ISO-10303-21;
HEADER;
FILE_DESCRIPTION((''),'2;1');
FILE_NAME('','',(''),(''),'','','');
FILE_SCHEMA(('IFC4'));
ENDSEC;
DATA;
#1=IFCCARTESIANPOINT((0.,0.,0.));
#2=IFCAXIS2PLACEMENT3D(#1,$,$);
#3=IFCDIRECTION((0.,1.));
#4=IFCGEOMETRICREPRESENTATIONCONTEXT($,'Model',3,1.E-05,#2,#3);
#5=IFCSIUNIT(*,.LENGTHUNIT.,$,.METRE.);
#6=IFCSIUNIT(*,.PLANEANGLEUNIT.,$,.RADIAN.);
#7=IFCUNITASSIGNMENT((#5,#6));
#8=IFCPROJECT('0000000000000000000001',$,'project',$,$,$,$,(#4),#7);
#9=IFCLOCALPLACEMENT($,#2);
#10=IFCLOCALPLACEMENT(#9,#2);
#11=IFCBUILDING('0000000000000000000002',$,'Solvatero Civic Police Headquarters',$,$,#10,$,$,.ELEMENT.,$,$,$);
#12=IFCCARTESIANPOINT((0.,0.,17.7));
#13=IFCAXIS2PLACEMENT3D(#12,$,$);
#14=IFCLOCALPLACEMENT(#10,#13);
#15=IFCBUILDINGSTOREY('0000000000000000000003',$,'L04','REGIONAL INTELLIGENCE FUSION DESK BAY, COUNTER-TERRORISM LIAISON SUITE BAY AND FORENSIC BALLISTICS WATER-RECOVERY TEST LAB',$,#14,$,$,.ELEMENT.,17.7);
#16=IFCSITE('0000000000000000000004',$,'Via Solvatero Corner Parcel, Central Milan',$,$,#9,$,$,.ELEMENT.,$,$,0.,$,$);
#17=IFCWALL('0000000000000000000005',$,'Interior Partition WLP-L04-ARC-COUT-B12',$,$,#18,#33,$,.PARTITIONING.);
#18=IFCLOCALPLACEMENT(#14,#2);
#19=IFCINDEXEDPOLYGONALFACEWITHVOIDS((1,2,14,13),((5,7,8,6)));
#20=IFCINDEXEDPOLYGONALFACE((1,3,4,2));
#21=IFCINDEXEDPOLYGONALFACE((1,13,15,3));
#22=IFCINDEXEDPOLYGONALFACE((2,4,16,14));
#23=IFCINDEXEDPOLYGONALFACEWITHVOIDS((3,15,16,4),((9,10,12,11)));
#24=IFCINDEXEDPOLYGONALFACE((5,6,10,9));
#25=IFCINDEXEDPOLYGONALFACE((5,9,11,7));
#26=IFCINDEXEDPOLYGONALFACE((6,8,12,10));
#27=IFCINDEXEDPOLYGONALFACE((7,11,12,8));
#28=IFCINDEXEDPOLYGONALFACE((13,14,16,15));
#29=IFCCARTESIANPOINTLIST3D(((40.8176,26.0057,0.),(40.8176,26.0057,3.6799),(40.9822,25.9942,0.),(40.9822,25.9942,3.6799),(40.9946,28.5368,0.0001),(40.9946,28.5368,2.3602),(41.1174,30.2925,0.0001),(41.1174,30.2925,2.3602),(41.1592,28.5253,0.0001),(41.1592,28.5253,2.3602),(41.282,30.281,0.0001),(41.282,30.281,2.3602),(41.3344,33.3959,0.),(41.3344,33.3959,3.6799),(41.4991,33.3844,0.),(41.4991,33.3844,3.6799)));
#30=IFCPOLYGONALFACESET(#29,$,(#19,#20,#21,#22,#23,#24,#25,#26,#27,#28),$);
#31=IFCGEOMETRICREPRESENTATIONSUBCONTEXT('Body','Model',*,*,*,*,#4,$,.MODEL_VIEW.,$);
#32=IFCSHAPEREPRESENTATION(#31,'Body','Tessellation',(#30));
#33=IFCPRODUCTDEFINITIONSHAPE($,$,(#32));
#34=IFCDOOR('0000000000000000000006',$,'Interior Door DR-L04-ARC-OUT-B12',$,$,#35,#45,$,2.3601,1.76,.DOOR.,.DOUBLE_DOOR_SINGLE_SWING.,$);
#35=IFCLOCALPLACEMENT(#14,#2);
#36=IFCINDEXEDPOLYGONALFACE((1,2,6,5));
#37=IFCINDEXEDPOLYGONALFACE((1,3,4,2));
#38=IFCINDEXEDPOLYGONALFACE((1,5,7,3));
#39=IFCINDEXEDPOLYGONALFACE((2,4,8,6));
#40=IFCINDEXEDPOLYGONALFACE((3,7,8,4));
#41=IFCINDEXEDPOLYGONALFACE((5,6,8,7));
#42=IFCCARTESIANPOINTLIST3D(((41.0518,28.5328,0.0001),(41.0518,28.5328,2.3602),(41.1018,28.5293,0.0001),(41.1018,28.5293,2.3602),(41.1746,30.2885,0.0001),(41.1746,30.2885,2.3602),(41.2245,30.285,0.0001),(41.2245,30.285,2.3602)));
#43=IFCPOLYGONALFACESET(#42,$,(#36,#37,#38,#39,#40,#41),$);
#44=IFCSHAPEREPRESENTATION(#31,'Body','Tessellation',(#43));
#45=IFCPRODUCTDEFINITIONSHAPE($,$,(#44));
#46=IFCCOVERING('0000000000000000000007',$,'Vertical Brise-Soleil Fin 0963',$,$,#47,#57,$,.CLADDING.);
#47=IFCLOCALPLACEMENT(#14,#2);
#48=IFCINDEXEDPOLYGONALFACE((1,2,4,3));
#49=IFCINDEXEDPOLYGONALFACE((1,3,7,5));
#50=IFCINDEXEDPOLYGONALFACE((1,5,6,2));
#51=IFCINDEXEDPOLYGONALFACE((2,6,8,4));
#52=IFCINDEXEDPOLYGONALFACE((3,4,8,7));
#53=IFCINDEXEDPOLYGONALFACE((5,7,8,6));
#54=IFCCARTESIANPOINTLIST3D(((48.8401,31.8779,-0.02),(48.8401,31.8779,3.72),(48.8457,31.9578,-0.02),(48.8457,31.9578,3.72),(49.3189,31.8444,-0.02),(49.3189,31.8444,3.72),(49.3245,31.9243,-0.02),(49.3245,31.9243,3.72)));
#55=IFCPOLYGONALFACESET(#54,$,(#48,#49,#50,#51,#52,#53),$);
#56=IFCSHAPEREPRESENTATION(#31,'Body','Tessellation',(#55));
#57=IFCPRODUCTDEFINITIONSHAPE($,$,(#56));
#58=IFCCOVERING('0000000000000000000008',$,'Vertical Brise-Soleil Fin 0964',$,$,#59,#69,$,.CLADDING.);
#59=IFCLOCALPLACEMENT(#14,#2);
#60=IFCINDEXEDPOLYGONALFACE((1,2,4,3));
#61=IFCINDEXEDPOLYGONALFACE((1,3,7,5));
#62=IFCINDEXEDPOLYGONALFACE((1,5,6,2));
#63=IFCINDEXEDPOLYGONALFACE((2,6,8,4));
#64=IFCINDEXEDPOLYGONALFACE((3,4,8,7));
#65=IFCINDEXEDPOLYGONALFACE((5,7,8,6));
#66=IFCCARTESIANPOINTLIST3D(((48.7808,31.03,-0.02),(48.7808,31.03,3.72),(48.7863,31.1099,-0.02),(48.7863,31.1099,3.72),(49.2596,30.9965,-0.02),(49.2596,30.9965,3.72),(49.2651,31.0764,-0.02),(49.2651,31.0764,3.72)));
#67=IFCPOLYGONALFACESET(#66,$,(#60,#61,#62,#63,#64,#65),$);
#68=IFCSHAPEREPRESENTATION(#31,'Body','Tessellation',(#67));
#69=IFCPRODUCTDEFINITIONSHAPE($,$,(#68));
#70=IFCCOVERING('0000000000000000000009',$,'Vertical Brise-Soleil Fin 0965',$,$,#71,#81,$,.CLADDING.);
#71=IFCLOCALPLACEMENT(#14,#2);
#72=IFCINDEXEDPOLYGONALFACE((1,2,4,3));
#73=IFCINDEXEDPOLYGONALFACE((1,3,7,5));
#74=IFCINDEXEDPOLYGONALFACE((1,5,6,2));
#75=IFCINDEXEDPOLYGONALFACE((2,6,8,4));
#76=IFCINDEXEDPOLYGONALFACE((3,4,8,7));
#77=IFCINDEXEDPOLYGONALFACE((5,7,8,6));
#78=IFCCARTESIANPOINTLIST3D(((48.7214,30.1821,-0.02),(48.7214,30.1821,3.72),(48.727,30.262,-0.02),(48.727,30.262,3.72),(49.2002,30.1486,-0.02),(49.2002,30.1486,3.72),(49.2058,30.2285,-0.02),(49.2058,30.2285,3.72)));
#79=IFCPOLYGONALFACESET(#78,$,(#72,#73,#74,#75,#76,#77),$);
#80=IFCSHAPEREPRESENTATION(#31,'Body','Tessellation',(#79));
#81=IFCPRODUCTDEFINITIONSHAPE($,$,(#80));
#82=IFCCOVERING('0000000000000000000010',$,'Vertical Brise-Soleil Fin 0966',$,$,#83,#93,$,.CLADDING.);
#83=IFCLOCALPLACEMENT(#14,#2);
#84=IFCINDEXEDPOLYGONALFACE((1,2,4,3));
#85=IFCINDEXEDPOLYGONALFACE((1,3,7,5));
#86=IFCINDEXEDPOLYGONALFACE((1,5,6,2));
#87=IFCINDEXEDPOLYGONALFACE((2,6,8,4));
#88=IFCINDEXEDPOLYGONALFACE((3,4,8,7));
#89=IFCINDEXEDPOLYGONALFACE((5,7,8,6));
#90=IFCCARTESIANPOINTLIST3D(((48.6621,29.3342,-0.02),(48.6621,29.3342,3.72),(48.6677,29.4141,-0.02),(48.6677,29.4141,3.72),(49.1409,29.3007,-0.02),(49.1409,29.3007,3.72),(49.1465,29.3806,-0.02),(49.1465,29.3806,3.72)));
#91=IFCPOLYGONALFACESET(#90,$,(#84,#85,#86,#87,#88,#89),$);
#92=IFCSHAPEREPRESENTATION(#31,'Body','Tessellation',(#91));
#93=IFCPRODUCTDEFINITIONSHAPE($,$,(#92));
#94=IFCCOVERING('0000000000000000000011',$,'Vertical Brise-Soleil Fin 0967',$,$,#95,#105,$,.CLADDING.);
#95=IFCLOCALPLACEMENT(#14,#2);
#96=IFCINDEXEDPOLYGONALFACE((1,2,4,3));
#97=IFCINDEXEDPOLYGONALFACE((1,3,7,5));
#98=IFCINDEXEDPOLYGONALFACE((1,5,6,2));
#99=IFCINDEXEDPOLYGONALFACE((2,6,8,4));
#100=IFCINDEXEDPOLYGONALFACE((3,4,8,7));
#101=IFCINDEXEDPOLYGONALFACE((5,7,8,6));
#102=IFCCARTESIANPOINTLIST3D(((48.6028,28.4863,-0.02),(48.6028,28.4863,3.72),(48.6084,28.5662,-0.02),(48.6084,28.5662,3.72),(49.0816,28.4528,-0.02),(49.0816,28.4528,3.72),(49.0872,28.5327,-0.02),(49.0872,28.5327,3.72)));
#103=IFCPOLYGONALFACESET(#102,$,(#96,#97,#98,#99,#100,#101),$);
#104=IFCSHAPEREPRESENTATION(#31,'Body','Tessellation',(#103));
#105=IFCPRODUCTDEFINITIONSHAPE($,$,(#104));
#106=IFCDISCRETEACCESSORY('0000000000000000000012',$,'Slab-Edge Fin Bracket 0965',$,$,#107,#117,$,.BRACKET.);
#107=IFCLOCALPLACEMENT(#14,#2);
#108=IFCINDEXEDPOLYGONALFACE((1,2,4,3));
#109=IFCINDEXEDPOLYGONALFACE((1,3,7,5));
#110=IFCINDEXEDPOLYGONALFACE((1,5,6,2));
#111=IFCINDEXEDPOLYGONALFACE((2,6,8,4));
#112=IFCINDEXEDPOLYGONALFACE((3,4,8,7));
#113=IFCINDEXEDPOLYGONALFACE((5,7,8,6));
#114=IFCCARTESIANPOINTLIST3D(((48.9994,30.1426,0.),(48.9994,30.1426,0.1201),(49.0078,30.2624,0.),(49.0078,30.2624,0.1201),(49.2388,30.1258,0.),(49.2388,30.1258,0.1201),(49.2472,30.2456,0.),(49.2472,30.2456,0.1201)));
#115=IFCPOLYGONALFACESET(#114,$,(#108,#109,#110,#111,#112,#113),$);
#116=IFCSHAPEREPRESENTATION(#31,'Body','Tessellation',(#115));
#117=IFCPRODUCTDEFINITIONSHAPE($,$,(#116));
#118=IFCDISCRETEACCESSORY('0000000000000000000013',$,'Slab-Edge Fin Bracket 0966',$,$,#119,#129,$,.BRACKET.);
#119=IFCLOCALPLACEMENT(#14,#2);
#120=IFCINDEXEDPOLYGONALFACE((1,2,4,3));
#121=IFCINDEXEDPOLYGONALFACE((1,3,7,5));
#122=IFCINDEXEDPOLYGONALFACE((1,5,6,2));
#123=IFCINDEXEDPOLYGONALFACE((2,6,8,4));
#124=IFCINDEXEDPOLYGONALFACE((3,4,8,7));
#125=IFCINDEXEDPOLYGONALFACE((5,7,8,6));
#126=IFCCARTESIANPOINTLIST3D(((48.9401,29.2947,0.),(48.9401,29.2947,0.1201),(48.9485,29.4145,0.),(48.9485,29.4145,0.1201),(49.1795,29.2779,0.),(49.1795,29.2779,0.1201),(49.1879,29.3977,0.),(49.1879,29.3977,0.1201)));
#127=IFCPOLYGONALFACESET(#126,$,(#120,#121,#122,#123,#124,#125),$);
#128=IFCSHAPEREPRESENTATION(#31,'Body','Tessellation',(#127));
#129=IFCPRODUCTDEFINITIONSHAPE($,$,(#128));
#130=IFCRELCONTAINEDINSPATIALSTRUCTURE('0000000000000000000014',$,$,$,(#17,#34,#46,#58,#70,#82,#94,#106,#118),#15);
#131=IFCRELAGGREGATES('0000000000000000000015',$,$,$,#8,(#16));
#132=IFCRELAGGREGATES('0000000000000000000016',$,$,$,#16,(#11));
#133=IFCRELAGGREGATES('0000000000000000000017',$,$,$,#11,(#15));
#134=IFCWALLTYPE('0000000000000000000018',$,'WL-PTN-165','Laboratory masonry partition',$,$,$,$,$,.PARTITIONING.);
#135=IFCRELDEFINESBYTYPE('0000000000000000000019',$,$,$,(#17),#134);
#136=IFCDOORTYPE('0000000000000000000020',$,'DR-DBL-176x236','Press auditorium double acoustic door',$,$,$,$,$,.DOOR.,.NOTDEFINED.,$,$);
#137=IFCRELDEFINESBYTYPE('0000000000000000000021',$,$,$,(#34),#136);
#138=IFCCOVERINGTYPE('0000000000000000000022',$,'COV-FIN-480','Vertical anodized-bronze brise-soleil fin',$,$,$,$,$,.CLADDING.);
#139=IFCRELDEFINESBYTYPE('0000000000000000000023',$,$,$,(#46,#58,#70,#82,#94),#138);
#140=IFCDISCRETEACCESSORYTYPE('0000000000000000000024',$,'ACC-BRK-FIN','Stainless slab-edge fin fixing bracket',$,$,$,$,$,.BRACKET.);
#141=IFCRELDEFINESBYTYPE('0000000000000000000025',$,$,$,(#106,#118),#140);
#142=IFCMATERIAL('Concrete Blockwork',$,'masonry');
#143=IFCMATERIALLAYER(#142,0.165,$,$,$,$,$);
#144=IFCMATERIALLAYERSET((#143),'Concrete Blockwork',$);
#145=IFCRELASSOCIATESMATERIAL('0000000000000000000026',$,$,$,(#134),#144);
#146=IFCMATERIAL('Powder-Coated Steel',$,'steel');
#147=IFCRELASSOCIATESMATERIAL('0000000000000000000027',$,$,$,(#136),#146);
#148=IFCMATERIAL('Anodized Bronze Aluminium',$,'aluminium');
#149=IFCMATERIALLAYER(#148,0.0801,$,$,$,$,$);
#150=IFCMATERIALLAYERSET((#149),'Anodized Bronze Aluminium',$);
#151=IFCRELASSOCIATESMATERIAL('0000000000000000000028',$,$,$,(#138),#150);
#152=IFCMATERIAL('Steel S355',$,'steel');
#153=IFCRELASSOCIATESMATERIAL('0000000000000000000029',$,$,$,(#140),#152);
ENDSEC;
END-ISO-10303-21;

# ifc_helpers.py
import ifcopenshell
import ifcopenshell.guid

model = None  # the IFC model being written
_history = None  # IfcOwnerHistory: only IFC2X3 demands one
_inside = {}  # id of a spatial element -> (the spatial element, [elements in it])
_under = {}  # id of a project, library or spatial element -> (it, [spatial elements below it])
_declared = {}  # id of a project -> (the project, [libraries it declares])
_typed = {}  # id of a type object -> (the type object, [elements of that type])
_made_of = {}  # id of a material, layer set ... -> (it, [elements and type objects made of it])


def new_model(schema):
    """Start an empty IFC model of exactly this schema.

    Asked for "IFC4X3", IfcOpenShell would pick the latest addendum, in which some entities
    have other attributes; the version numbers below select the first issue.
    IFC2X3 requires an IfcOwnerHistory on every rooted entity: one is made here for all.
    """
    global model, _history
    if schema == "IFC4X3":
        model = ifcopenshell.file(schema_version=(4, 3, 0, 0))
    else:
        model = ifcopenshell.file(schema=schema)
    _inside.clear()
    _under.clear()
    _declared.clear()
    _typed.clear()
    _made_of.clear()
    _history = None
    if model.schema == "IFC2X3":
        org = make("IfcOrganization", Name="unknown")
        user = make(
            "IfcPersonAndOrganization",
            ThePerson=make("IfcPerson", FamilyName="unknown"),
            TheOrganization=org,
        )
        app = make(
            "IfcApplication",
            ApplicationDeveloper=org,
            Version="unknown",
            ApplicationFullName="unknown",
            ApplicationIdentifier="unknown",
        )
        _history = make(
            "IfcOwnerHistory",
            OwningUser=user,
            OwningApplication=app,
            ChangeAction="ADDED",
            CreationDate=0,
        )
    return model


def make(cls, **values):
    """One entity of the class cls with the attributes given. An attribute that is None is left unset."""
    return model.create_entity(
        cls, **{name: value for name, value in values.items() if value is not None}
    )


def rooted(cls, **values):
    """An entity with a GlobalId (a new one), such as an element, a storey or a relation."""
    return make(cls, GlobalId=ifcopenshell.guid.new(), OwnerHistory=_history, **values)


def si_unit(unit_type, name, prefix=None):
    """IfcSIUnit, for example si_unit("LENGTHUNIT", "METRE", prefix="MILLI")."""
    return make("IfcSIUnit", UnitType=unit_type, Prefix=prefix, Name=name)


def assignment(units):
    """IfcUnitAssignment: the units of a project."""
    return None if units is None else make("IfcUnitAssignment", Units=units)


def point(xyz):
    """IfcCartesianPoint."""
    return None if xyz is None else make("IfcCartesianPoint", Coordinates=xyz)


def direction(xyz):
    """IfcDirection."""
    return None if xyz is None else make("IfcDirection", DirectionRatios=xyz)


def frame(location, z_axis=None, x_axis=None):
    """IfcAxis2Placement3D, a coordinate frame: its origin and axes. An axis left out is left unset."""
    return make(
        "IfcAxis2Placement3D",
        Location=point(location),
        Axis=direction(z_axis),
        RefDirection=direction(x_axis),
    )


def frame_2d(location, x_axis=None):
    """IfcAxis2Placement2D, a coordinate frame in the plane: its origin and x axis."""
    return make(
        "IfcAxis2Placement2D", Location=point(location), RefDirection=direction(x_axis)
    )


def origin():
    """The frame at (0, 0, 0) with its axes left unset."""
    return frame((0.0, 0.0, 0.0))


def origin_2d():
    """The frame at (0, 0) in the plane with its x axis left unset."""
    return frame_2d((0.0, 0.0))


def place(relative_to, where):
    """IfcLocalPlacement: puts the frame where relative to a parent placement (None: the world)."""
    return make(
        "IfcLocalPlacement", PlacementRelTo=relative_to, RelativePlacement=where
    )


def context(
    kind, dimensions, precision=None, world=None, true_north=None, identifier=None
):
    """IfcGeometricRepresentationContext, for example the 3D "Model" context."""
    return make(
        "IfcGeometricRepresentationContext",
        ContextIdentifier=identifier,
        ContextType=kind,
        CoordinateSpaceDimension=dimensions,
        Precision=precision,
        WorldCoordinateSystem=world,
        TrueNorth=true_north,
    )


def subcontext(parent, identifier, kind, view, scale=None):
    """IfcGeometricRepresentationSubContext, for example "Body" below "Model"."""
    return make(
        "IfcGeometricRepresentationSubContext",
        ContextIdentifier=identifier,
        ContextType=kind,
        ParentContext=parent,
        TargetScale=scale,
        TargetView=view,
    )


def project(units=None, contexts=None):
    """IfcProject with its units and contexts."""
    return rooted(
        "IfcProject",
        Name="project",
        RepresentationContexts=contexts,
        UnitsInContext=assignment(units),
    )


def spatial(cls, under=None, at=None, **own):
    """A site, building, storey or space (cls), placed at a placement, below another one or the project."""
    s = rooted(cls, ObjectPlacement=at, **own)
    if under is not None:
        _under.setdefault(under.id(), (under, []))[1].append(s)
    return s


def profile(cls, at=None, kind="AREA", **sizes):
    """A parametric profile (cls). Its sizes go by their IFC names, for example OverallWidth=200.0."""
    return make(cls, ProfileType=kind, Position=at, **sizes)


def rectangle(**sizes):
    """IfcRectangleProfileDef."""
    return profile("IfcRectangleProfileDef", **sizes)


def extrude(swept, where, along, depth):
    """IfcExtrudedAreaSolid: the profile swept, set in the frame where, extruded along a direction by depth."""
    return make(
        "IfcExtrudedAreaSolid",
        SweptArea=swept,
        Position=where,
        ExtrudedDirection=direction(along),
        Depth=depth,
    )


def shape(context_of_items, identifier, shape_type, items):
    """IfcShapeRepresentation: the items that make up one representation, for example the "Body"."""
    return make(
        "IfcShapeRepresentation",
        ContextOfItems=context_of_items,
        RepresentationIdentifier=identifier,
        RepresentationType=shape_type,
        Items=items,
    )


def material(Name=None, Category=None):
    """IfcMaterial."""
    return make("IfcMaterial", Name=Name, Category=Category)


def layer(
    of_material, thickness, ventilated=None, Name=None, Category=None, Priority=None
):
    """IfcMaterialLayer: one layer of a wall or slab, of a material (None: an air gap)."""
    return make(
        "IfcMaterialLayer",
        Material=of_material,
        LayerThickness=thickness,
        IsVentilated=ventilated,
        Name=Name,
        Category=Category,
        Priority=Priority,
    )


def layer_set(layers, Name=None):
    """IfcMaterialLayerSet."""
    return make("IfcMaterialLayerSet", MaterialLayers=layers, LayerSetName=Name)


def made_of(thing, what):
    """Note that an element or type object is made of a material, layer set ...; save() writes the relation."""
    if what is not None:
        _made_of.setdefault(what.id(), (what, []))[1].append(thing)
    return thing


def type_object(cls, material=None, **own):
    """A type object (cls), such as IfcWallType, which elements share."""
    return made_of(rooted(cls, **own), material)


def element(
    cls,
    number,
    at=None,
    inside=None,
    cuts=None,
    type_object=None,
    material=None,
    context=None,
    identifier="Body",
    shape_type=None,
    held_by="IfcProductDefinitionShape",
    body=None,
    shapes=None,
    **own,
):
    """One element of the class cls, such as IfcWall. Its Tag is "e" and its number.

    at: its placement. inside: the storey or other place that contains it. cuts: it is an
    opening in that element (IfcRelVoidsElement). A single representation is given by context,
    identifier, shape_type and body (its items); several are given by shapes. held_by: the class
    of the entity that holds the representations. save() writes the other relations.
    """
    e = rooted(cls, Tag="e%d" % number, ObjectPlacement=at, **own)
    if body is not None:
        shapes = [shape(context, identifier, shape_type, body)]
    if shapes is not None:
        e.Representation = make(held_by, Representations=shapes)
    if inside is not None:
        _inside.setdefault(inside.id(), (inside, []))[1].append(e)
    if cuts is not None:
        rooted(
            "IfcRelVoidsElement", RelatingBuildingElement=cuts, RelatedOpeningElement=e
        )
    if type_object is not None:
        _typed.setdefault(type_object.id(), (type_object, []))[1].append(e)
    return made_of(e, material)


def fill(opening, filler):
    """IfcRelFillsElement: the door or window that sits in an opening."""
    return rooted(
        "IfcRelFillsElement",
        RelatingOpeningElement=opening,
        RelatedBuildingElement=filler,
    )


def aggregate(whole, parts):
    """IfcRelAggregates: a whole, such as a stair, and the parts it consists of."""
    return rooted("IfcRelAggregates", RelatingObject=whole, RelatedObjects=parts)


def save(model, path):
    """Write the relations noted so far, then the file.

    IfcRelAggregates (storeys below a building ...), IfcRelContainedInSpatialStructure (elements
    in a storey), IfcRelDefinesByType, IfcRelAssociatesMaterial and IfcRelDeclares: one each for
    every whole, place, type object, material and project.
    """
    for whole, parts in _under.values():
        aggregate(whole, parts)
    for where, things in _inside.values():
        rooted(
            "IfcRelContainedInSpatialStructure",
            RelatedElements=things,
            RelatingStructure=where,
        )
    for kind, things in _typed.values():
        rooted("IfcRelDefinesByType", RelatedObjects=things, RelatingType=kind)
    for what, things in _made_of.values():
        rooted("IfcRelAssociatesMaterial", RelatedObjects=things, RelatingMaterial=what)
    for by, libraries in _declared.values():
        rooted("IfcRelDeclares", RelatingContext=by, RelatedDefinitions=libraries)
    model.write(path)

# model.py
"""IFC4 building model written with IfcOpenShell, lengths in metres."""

from ifc_helpers import new_model, si_unit, direction, frame, frame_2d, origin, origin_2d, place, context, subcontext, project, spatial, rectangle, extrude, material, layer, layer_set, type_object, element, fill, save


model = new_model("IFC4")

# Units and contexts
model_context = context("Model", 3, precision=1e-05, world=origin(), true_north=direction((0.0, 1.0)))
body_context = subcontext(model_context, "Body", "Model", "MODEL_VIEW")
ifc_project = project(units=[si_unit("LENGTHUNIT", "METRE"), si_unit("PLANEANGLEUNIT", "RADIAN")], contexts=[model_context])

# Site, building, storey
site_placement = place(None, origin())
site = spatial("IfcSite", under=ifc_project, at=site_placement, Name="Via Solvatero Corner Parcel, Central Milan", CompositionType="ELEMENT", RefElevation=0.0)
building_placement = place(site_placement, origin())
building = spatial("IfcBuilding", under=site, at=building_placement, Name="Solvatero Civic Police Headquarters", CompositionType="ELEMENT")
storey_placement = place(building_placement, frame((0.0, 0.0, 17.7)))
storey = spatial("IfcBuildingStorey", under=building, at=storey_placement, Name="L04", Description="REGIONAL INTELLIGENCE FUSION DESK BAY, COUNTER-TERRORISM LIAISON SUITE BAY AND FORENSIC BALLISTICS WATER-RECOVERY TEST LAB", CompositionType="ELEMENT", Elevation=17.7)

# Shared definitions
ifc_material_1 = material(Name="Steel S355", Category="steel")

# Shared definitions
ifc_material_2 = material(Name="Anodized Bronze Aluminium", Category="aluminium")

# Shared definitions
ifc_material_3 = material(Name="Concrete Blockwork", Category="masonry")
ifc_layer_1 = layer(ifc_material_3, 0.165)
ifc_layer_set_1 = layer_set([ifc_layer_1], Name="Concrete Blockwork")
wall_type_1 = type_object("IfcWallType", Name="WL-PTN-165", Description="Laboratory masonry partition", PredefinedType="PARTITIONING", material=ifc_layer_set_1)
ifc_material_4 = material(Name="Powder-Coated Steel", Category="steel")

# Wall, opening, door
wall_1_placement = place(storey_placement, frame((41.4167, 33.3901, 0.0), z_axis=(0.0, 0.0, 1.0), x_axis=(-0.069767, -0.997563, 0.0)))
wall_1 = element("IfcWall", 1, at=wall_1_placement, inside=storey, type_object=wall_type_1, Name="Interior Partition WLP-L04-ARC-COUT-B12", PredefinedType="PARTITIONING", context=body_context, shape_type="SweptSolid", body=[
    extrude(rectangle(XDim=7.4082, YDim=0.165, at=frame_2d((3.7041, 0.0))), origin(), (0.0, 0.0, 1.0), 3.6799),
])
opening_1_placement = place(wall_1_placement, frame((3.1111, 0.0, 0.0)))
opening_1 = element("IfcOpeningElement", 2, at=opening_1_placement, cuts=wall_1, PredefinedType="OPENING", context=body_context, shape_type="SweptSolid", body=[
    extrude(rectangle(XDim=1.76, YDim=2.3601, at=frame_2d((0.8799, 1.1802))), frame((0.0, 0.0925, 0.0), z_axis=(0.0, -1.0, 0.0), x_axis=(1.0, 0.0, 0.0)), (0.0, 0.0, 1.0), 0.1851),
])
door_type_1 = type_object("IfcDoorType", Name="DR-DBL-176x236", Description="Press auditorium double acoustic door", OperationType="NOTDEFINED", PredefinedType="DOOR", material=ifc_material_4)
door_1_placement = place(opening_1_placement, origin())
door_1 = element("IfcDoor", 3, at=door_1_placement, inside=storey, type_object=door_type_1, Name="Interior Door DR-L04-ARC-OUT-B12", OperationType="DOUBLE_DOOR_SINGLE_SWING", OverallHeight=2.3601, OverallWidth=1.76, PredefinedType="DOOR", context=body_context, shape_type="SweptSolid", body=[
    extrude(rectangle(XDim=1.76, YDim=2.3601, at=frame_2d((0.8799, 1.1802))), frame((0.0, 0.0249, 0.0), z_axis=(0.0, -1.0, 0.0), x_axis=(1.0, 0.0, 0.0)), (0.0, 0.0, 1.0), 0.05),
])
fill(opening_1, door_1)

# Coverings
ifc_layer_2 = layer(ifc_material_2, 0.0801)
ifc_layer_set_2 = layer_set([ifc_layer_2], Name="Anodized Bronze Aluminium")
covering_type = type_object("IfcCoveringType", Name="COV-FIN-480", Description="Vertical anodized-bronze brise-soleil fin", PredefinedType="CLADDING", material=ifc_layer_set_2)
for number, where, z_axis, x_axis, name in (
    (4, (49.0823, 31.9011, -0.02), (0.0, 0.0, 1.0), (-0.069774, -0.997563, 0.0), "Vertical Brise-Soleil Fin 0963"),
    (5, (49.0229, 31.0532, -0.02), (0.0, 0.0, 1.0), (-0.069774, -0.997563, 0.0), "Vertical Brise-Soleil Fin 0964"),
    (6, (48.9636, 30.2053, -0.02), (0.0, 0.0, 1.0), (-0.069774, -0.997563, 0.0), "Vertical Brise-Soleil Fin 0965"),
    (7, (48.9043, 29.3574, -0.02), (0.0, 0.0, 1.0), (-0.069774, -0.997563, 0.0), "Vertical Brise-Soleil Fin 0966"),
    (8, (48.845, 28.5095, -0.02), (0.0, 0.0, 1.0), (-0.069774, -0.997563, 0.0), "Vertical Brise-Soleil Fin 0967"),
):
    element("IfcCovering", number, at=place(storey_placement, frame(where, z_axis=z_axis, x_axis=x_axis)), inside=storey, type_object=covering_type, Name=name, PredefinedType="CLADDING", context=body_context, shape_type="SweptSolid", body=[
        extrude(rectangle(XDim=0.0801, YDim=0.48, at=origin_2d()), origin(), (0.0, 0.0, 1.0), 3.74),
    ])

# Discrete accessories
discrete_accessory_type = type_object("IfcDiscreteAccessoryType", Name="ACC-BRK-FIN", Description="Stainless slab-edge fin fixing bracket", PredefinedType="BRACKET", material=ifc_material_1)
for number, where, z_axis, x_axis, name in (
    (9, (49.1233, 30.1941, 0.0), (0.0, 0.0, 1.0), (-0.069774, -0.997563, 0.0), "Slab-Edge Fin Bracket 0965"),
    (10, (49.064, 29.3462, 0.0), (0.0, 0.0, 1.0), (-0.069774, -0.997563, 0.0), "Slab-Edge Fin Bracket 0966"),
):
    element("IfcDiscreteAccessory", number, at=place(storey_placement, frame(where, z_axis=z_axis, x_axis=x_axis)), inside=storey, type_object=discrete_accessory_type, Name=name, PredefinedType="BRACKET", context=body_context, shape_type="SweptSolid", body=[
        extrude(rectangle(XDim=0.1201, YDim=0.24, at=origin_2d()), origin(), (0.0, 0.0, 1.0), 0.1201),
    ])

save(model, "model.ifc")
